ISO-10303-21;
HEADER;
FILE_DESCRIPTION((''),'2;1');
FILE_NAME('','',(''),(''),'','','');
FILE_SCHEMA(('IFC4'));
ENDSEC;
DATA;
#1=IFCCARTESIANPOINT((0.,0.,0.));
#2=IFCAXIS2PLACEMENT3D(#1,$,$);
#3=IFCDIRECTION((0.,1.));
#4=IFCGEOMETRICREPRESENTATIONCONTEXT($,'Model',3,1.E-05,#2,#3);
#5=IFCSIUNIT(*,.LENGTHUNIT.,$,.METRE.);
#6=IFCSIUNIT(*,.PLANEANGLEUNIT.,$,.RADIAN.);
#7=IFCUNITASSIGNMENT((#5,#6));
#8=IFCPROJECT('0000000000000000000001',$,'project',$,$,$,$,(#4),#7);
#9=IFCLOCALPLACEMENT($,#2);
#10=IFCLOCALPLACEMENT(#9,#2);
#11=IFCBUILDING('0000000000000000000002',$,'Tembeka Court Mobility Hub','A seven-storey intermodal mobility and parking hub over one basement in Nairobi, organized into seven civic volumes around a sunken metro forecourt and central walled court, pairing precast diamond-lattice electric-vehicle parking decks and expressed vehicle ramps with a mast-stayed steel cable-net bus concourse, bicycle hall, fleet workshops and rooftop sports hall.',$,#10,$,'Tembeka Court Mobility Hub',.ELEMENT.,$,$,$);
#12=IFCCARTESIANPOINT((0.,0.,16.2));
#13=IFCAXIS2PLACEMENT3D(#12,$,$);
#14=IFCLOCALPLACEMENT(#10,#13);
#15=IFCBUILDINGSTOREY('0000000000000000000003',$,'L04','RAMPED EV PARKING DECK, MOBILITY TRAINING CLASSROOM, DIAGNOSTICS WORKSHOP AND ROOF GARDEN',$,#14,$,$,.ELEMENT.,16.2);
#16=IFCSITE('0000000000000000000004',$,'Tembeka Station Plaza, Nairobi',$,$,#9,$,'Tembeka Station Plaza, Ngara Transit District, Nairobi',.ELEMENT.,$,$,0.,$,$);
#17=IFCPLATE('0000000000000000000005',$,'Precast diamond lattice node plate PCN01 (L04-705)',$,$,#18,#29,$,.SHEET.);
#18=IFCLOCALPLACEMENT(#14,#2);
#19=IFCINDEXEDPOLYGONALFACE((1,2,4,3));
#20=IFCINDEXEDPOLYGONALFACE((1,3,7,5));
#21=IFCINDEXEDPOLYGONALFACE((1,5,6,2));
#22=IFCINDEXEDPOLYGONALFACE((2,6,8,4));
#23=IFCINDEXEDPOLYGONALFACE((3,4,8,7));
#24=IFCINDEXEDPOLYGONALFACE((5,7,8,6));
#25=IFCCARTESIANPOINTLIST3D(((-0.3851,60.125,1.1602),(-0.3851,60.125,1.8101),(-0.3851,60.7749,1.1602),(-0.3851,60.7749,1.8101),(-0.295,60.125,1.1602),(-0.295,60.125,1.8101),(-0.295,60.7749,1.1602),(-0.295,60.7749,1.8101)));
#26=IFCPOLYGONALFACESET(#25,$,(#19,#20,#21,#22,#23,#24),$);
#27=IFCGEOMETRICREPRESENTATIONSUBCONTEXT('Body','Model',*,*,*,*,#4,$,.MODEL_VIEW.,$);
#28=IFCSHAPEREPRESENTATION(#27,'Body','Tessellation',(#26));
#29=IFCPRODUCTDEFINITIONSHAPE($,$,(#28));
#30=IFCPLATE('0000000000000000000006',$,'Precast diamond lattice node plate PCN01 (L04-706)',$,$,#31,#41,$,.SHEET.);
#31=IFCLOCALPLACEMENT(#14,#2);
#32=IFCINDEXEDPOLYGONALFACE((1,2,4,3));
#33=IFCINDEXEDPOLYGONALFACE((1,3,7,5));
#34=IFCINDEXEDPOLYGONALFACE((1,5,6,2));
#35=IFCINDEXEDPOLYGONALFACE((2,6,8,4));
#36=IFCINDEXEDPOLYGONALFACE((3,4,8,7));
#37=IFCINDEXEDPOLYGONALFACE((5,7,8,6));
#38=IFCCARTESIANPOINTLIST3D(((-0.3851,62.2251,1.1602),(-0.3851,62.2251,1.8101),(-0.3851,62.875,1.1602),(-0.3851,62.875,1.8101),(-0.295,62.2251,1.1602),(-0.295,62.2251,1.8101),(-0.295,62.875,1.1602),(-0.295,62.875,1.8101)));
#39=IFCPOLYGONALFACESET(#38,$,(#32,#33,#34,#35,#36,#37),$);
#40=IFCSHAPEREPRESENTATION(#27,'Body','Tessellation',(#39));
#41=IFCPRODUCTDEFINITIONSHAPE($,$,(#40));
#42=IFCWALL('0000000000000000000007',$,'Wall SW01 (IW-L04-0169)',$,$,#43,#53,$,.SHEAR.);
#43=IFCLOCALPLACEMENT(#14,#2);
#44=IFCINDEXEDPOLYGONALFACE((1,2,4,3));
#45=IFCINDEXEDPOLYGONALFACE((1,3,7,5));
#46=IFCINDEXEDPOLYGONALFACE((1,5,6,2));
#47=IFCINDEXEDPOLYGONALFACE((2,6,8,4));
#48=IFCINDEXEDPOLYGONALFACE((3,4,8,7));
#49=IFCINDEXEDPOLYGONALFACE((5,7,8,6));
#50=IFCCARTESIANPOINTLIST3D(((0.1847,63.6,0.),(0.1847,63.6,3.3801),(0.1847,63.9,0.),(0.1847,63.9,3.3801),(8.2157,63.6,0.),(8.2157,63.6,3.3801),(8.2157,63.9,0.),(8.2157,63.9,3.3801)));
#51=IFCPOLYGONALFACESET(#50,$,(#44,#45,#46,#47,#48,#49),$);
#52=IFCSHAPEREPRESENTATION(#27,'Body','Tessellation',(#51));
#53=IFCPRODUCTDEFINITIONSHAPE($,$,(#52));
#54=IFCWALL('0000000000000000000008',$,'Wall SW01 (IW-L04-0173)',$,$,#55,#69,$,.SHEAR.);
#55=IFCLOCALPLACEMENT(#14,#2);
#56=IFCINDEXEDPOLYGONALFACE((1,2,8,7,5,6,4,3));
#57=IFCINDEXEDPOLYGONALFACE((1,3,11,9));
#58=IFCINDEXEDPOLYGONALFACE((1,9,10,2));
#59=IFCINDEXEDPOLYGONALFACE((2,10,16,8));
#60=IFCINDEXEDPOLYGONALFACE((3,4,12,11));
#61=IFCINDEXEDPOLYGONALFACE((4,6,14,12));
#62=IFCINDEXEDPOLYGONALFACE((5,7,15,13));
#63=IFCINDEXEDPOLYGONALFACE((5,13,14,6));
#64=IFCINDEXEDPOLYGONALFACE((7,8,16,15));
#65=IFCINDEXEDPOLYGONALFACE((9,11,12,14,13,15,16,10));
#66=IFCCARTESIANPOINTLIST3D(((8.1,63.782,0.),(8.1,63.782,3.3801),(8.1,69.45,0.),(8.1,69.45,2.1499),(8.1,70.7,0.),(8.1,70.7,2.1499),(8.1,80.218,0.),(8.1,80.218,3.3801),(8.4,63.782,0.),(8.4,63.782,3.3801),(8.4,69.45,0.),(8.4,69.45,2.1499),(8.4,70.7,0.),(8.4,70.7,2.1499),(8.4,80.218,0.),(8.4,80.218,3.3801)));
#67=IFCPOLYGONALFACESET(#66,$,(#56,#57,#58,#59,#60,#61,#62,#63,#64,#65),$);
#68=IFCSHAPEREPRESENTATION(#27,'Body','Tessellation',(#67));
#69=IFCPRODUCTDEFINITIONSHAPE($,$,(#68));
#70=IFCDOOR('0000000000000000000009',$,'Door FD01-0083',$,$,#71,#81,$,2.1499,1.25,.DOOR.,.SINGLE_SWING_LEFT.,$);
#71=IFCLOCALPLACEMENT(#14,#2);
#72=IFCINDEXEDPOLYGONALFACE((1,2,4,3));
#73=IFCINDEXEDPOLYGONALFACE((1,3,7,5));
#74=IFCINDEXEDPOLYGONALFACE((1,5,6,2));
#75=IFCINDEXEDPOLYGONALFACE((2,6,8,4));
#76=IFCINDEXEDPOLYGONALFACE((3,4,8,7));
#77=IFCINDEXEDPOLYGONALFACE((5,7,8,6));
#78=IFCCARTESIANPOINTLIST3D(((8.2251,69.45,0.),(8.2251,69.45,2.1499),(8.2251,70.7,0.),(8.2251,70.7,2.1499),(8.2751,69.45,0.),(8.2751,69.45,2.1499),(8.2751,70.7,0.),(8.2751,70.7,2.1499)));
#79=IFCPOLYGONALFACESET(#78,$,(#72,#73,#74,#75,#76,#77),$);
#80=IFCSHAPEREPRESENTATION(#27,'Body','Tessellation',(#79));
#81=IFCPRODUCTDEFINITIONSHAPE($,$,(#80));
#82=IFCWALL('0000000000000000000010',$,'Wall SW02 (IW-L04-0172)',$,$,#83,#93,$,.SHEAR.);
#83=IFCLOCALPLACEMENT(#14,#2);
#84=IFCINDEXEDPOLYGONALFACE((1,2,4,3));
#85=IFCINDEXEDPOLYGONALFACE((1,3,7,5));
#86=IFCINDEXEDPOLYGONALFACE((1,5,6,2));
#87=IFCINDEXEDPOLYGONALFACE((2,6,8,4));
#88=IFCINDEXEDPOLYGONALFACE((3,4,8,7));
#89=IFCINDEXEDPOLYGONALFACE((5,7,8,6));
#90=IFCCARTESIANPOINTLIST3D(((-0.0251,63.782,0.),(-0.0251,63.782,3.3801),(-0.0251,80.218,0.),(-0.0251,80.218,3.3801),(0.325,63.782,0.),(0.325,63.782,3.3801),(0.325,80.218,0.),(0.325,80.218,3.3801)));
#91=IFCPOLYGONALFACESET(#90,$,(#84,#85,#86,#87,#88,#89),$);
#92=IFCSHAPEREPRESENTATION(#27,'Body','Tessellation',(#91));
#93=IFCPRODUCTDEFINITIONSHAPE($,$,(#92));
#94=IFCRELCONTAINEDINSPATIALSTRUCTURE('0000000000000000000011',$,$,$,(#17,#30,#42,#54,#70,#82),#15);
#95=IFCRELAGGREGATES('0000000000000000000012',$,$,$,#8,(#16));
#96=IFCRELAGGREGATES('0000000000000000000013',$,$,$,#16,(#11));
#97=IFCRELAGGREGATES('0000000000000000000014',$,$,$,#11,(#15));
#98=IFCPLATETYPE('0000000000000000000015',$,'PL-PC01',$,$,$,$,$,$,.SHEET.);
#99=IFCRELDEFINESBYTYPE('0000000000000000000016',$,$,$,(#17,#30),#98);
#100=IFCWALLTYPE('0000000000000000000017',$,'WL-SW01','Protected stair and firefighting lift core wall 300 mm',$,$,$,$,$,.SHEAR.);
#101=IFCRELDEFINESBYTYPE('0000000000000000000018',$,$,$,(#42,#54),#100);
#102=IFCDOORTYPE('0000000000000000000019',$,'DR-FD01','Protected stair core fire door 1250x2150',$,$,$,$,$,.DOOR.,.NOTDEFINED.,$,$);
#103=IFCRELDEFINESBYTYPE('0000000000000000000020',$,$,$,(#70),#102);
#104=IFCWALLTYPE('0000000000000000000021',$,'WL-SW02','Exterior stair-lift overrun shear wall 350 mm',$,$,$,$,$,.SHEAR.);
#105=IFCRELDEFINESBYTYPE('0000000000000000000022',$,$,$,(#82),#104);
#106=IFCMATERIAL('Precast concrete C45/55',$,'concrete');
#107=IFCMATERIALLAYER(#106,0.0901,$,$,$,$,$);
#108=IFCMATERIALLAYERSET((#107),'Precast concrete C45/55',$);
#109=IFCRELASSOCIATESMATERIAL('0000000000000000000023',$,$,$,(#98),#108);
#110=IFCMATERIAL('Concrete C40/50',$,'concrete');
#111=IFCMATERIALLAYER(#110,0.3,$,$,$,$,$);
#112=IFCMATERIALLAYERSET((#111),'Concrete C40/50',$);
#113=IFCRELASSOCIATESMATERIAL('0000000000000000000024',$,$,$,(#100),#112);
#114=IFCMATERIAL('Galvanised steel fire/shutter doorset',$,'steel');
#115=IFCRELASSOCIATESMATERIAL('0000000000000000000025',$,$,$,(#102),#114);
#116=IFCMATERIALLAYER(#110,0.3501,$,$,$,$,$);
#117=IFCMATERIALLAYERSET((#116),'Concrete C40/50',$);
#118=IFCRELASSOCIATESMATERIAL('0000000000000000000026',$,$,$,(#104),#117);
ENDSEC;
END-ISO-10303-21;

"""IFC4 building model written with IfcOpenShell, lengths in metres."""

from ifc_helpers import new_model, si_unit, direction, frame, frame_2d, origin, origin_2d, place, context, subcontext, project, spatial, rectangle, extrude, material, layer, layer_set, type_object, element, fill, save


model = new_model("IFC4")

# Units and contexts
model_context = context("Model", 3, precision=1e-05, world=origin(), true_north=direction((0.0, 1.0)))
body_context = subcontext(model_context, "Body", "Model", "MODEL_VIEW")
ifc_project = project(units=[si_unit("LENGTHUNIT", "METRE"), si_unit("PLANEANGLEUNIT", "RADIAN")], contexts=[model_context])

# Site, building, storey
site_placement = place(None, origin())
site = spatial("IfcSite", under=ifc_project, at=site_placement, Name="Tembeka Station Plaza, Nairobi", LongName="Tembeka Station Plaza, Ngara Transit District, Nairobi", CompositionType="ELEMENT", RefElevation=0.0)
building_placement = place(site_placement, origin())
building = spatial("IfcBuilding", under=site, at=building_placement, Name="Tembeka Court Mobility Hub", Description="A seven-storey intermodal mobility and parking hub over one basement in Nairobi, organized into seven civic volumes around a sunken metro forecourt and central walled court, pairing precast diamond-lattice electric-vehicle parking decks and expressed vehicle ramps with a mast-stayed steel cable-net bus concourse, bicycle hall, fleet workshops and rooftop sports hall.", LongName="Tembeka Court Mobility Hub", CompositionType="ELEMENT")
storey_placement = place(building_placement, frame((0.0, 0.0, 16.2)))
storey = spatial("IfcBuildingStorey", under=building, at=storey_placement, Name="L04", Description="RAMPED EV PARKING DECK, MOBILITY TRAINING CLASSROOM, DIAGNOSTICS WORKSHOP AND ROOF GARDEN", CompositionType="ELEMENT", Elevation=16.2)

# Shared definitions
ifc_material_1 = material(Name="Precast concrete C45/55", Category="concrete")

# Plates
ifc_layer_1 = layer(ifc_material_1, 0.0901)
ifc_layer_set_1 = layer_set([ifc_layer_1], Name="Precast concrete C45/55")
plate_type = type_object("IfcPlateType", Name="PL-PC01", PredefinedType="SHEET", material=ifc_layer_set_1)
for number, where, z_axis, x_axis, name in (
    (1, (-0.3401, 60.45, 1.1602), (0.0, 0.0, 1.0), (1.0, 0.0, 0.0), "Precast diamond lattice node plate PCN01 (L04-705)"),
    (2, (-0.3401, 62.55, 1.1602), (0.0, 0.0, 1.0), (1.0, 0.0, 0.0), "Precast diamond lattice node plate PCN01 (L04-706)"),
):
    element("IfcPlate", number, at=place(storey_placement, frame(where, z_axis=z_axis, x_axis=x_axis)), inside=storey, type_object=plate_type, Name=name, PredefinedType="SHEET", context=body_context, shape_type="SweptSolid", body=[
        extrude(rectangle(XDim=0.0901, YDim=0.6499, at=origin_2d()), origin(), (0.0, 0.0, 1.0), 0.6499),
    ])

# Wall
ifc_material_2 = material(Name="Concrete C40/50", Category="concrete")
ifc_layer_2 = layer(ifc_material_2, 0.3)
ifc_layer_set_2 = layer_set([ifc_layer_2], Name="Concrete C40/50")
wall_type_1 = type_object("IfcWallType", Name="WL-SW01", Description="Protected stair and firefighting lift core wall 300 mm", PredefinedType="SHEAR", material=ifc_layer_set_2)
wall_1_placement = place(storey_placement, frame((0.1846, 63.75, 0.0), z_axis=(0.0, 0.0, 1.0), x_axis=(1.0, 0.0, 0.0)))
element("IfcWall", 3, at=wall_1_placement, inside=storey, type_object=wall_type_1, Name="Wall SW01 (IW-L04-0169)", PredefinedType="SHEAR", context=body_context, shape_type="SweptSolid", body=[
    extrude(rectangle(XDim=8.031, YDim=0.3, at=frame_2d((4.0156, 0.0))), origin(), (0.0, 0.0, 1.0), 3.3801),
])

# Wall, opening, door
wall_2_placement = place(storey_placement, frame((8.25, 63.782, 0.0), z_axis=(0.0, 0.0, 1.0), x_axis=(0.0, 1.0, 0.0)))
wall_2 = element("IfcWall", 4, at=wall_2_placement, inside=storey, type_object=wall_type_1, Name="Wall SW01 (IW-L04-0173)", PredefinedType="SHEAR", context=body_context, shape_type="SweptSolid", body=[
    extrude(rectangle(XDim=16.436, YDim=0.3, at=frame_2d((8.218, 0.0))), origin(), (0.0, 0.0, 1.0), 3.3801),
])
opening_placement = place(wall_2_placement, frame((5.668, 0.0, 0.0)))
opening = element("IfcOpeningElement", 5, at=opening_placement, cuts=wall_2, PredefinedType="OPENING", context=body_context, shape_type="SweptSolid", body=[
    extrude(rectangle(XDim=1.25, YDim=2.1499, at=frame_2d((0.625, 1.075))), frame((0.0, 0.1602, 0.0), z_axis=(0.0, -1.0, 0.0), x_axis=(1.0, 0.0, 0.0)), (0.0, 0.0, 1.0), 0.3201),
])
ifc_material_3 = material(Name="Galvanised steel fire/shutter doorset", Category="steel")
door_type = type_object("IfcDoorType", Name="DR-FD01", Description="Protected stair core fire door 1250x2150", OperationType="NOTDEFINED", PredefinedType="DOOR", material=ifc_material_3)
door_placement = place(opening_placement, origin())
door = element("IfcDoor", 6, at=door_placement, inside=storey, type_object=door_type, Name="Door FD01-0083", OperationType="SINGLE_SWING_LEFT", OverallHeight=2.1499, OverallWidth=1.25, PredefinedType="DOOR", context=body_context, shape_type="SweptSolid", body=[
    extrude(rectangle(XDim=1.25, YDim=2.1499, at=frame_2d((0.625, 1.075))), frame((0.0, 0.0249, 0.0), z_axis=(0.0, -1.0, 0.0), x_axis=(1.0, 0.0, 0.0)), (0.0, 0.0, 1.0), 0.05),
])
fill(opening, door)

# Wall
ifc_layer_3 = layer(ifc_material_2, 0.3501)
ifc_layer_set_3 = layer_set([ifc_layer_3], Name="Concrete C40/50")
wall_type_2 = type_object("IfcWallType", Name="WL-SW02", Description="Exterior stair-lift overrun shear wall 350 mm", PredefinedType="SHEAR", material=ifc_layer_set_3)
wall_3_placement = place(storey_placement, frame((0.1499, 63.782, 0.0), z_axis=(0.0, 0.0, 1.0), x_axis=(0.0, 1.0, 0.0)))
element("IfcWall", 7, at=wall_3_placement, inside=storey, type_object=wall_type_2, Name="Wall SW02 (IW-L04-0172)", PredefinedType="SHEAR", context=body_context, shape_type="SweptSolid", body=[
    extrude(rectangle(XDim=16.436, YDim=0.3501, at=frame_2d((8.218, 0.0))), origin(), (0.0, 0.0, 1.0), 3.3801),
])

save(model, "model.ifc")
